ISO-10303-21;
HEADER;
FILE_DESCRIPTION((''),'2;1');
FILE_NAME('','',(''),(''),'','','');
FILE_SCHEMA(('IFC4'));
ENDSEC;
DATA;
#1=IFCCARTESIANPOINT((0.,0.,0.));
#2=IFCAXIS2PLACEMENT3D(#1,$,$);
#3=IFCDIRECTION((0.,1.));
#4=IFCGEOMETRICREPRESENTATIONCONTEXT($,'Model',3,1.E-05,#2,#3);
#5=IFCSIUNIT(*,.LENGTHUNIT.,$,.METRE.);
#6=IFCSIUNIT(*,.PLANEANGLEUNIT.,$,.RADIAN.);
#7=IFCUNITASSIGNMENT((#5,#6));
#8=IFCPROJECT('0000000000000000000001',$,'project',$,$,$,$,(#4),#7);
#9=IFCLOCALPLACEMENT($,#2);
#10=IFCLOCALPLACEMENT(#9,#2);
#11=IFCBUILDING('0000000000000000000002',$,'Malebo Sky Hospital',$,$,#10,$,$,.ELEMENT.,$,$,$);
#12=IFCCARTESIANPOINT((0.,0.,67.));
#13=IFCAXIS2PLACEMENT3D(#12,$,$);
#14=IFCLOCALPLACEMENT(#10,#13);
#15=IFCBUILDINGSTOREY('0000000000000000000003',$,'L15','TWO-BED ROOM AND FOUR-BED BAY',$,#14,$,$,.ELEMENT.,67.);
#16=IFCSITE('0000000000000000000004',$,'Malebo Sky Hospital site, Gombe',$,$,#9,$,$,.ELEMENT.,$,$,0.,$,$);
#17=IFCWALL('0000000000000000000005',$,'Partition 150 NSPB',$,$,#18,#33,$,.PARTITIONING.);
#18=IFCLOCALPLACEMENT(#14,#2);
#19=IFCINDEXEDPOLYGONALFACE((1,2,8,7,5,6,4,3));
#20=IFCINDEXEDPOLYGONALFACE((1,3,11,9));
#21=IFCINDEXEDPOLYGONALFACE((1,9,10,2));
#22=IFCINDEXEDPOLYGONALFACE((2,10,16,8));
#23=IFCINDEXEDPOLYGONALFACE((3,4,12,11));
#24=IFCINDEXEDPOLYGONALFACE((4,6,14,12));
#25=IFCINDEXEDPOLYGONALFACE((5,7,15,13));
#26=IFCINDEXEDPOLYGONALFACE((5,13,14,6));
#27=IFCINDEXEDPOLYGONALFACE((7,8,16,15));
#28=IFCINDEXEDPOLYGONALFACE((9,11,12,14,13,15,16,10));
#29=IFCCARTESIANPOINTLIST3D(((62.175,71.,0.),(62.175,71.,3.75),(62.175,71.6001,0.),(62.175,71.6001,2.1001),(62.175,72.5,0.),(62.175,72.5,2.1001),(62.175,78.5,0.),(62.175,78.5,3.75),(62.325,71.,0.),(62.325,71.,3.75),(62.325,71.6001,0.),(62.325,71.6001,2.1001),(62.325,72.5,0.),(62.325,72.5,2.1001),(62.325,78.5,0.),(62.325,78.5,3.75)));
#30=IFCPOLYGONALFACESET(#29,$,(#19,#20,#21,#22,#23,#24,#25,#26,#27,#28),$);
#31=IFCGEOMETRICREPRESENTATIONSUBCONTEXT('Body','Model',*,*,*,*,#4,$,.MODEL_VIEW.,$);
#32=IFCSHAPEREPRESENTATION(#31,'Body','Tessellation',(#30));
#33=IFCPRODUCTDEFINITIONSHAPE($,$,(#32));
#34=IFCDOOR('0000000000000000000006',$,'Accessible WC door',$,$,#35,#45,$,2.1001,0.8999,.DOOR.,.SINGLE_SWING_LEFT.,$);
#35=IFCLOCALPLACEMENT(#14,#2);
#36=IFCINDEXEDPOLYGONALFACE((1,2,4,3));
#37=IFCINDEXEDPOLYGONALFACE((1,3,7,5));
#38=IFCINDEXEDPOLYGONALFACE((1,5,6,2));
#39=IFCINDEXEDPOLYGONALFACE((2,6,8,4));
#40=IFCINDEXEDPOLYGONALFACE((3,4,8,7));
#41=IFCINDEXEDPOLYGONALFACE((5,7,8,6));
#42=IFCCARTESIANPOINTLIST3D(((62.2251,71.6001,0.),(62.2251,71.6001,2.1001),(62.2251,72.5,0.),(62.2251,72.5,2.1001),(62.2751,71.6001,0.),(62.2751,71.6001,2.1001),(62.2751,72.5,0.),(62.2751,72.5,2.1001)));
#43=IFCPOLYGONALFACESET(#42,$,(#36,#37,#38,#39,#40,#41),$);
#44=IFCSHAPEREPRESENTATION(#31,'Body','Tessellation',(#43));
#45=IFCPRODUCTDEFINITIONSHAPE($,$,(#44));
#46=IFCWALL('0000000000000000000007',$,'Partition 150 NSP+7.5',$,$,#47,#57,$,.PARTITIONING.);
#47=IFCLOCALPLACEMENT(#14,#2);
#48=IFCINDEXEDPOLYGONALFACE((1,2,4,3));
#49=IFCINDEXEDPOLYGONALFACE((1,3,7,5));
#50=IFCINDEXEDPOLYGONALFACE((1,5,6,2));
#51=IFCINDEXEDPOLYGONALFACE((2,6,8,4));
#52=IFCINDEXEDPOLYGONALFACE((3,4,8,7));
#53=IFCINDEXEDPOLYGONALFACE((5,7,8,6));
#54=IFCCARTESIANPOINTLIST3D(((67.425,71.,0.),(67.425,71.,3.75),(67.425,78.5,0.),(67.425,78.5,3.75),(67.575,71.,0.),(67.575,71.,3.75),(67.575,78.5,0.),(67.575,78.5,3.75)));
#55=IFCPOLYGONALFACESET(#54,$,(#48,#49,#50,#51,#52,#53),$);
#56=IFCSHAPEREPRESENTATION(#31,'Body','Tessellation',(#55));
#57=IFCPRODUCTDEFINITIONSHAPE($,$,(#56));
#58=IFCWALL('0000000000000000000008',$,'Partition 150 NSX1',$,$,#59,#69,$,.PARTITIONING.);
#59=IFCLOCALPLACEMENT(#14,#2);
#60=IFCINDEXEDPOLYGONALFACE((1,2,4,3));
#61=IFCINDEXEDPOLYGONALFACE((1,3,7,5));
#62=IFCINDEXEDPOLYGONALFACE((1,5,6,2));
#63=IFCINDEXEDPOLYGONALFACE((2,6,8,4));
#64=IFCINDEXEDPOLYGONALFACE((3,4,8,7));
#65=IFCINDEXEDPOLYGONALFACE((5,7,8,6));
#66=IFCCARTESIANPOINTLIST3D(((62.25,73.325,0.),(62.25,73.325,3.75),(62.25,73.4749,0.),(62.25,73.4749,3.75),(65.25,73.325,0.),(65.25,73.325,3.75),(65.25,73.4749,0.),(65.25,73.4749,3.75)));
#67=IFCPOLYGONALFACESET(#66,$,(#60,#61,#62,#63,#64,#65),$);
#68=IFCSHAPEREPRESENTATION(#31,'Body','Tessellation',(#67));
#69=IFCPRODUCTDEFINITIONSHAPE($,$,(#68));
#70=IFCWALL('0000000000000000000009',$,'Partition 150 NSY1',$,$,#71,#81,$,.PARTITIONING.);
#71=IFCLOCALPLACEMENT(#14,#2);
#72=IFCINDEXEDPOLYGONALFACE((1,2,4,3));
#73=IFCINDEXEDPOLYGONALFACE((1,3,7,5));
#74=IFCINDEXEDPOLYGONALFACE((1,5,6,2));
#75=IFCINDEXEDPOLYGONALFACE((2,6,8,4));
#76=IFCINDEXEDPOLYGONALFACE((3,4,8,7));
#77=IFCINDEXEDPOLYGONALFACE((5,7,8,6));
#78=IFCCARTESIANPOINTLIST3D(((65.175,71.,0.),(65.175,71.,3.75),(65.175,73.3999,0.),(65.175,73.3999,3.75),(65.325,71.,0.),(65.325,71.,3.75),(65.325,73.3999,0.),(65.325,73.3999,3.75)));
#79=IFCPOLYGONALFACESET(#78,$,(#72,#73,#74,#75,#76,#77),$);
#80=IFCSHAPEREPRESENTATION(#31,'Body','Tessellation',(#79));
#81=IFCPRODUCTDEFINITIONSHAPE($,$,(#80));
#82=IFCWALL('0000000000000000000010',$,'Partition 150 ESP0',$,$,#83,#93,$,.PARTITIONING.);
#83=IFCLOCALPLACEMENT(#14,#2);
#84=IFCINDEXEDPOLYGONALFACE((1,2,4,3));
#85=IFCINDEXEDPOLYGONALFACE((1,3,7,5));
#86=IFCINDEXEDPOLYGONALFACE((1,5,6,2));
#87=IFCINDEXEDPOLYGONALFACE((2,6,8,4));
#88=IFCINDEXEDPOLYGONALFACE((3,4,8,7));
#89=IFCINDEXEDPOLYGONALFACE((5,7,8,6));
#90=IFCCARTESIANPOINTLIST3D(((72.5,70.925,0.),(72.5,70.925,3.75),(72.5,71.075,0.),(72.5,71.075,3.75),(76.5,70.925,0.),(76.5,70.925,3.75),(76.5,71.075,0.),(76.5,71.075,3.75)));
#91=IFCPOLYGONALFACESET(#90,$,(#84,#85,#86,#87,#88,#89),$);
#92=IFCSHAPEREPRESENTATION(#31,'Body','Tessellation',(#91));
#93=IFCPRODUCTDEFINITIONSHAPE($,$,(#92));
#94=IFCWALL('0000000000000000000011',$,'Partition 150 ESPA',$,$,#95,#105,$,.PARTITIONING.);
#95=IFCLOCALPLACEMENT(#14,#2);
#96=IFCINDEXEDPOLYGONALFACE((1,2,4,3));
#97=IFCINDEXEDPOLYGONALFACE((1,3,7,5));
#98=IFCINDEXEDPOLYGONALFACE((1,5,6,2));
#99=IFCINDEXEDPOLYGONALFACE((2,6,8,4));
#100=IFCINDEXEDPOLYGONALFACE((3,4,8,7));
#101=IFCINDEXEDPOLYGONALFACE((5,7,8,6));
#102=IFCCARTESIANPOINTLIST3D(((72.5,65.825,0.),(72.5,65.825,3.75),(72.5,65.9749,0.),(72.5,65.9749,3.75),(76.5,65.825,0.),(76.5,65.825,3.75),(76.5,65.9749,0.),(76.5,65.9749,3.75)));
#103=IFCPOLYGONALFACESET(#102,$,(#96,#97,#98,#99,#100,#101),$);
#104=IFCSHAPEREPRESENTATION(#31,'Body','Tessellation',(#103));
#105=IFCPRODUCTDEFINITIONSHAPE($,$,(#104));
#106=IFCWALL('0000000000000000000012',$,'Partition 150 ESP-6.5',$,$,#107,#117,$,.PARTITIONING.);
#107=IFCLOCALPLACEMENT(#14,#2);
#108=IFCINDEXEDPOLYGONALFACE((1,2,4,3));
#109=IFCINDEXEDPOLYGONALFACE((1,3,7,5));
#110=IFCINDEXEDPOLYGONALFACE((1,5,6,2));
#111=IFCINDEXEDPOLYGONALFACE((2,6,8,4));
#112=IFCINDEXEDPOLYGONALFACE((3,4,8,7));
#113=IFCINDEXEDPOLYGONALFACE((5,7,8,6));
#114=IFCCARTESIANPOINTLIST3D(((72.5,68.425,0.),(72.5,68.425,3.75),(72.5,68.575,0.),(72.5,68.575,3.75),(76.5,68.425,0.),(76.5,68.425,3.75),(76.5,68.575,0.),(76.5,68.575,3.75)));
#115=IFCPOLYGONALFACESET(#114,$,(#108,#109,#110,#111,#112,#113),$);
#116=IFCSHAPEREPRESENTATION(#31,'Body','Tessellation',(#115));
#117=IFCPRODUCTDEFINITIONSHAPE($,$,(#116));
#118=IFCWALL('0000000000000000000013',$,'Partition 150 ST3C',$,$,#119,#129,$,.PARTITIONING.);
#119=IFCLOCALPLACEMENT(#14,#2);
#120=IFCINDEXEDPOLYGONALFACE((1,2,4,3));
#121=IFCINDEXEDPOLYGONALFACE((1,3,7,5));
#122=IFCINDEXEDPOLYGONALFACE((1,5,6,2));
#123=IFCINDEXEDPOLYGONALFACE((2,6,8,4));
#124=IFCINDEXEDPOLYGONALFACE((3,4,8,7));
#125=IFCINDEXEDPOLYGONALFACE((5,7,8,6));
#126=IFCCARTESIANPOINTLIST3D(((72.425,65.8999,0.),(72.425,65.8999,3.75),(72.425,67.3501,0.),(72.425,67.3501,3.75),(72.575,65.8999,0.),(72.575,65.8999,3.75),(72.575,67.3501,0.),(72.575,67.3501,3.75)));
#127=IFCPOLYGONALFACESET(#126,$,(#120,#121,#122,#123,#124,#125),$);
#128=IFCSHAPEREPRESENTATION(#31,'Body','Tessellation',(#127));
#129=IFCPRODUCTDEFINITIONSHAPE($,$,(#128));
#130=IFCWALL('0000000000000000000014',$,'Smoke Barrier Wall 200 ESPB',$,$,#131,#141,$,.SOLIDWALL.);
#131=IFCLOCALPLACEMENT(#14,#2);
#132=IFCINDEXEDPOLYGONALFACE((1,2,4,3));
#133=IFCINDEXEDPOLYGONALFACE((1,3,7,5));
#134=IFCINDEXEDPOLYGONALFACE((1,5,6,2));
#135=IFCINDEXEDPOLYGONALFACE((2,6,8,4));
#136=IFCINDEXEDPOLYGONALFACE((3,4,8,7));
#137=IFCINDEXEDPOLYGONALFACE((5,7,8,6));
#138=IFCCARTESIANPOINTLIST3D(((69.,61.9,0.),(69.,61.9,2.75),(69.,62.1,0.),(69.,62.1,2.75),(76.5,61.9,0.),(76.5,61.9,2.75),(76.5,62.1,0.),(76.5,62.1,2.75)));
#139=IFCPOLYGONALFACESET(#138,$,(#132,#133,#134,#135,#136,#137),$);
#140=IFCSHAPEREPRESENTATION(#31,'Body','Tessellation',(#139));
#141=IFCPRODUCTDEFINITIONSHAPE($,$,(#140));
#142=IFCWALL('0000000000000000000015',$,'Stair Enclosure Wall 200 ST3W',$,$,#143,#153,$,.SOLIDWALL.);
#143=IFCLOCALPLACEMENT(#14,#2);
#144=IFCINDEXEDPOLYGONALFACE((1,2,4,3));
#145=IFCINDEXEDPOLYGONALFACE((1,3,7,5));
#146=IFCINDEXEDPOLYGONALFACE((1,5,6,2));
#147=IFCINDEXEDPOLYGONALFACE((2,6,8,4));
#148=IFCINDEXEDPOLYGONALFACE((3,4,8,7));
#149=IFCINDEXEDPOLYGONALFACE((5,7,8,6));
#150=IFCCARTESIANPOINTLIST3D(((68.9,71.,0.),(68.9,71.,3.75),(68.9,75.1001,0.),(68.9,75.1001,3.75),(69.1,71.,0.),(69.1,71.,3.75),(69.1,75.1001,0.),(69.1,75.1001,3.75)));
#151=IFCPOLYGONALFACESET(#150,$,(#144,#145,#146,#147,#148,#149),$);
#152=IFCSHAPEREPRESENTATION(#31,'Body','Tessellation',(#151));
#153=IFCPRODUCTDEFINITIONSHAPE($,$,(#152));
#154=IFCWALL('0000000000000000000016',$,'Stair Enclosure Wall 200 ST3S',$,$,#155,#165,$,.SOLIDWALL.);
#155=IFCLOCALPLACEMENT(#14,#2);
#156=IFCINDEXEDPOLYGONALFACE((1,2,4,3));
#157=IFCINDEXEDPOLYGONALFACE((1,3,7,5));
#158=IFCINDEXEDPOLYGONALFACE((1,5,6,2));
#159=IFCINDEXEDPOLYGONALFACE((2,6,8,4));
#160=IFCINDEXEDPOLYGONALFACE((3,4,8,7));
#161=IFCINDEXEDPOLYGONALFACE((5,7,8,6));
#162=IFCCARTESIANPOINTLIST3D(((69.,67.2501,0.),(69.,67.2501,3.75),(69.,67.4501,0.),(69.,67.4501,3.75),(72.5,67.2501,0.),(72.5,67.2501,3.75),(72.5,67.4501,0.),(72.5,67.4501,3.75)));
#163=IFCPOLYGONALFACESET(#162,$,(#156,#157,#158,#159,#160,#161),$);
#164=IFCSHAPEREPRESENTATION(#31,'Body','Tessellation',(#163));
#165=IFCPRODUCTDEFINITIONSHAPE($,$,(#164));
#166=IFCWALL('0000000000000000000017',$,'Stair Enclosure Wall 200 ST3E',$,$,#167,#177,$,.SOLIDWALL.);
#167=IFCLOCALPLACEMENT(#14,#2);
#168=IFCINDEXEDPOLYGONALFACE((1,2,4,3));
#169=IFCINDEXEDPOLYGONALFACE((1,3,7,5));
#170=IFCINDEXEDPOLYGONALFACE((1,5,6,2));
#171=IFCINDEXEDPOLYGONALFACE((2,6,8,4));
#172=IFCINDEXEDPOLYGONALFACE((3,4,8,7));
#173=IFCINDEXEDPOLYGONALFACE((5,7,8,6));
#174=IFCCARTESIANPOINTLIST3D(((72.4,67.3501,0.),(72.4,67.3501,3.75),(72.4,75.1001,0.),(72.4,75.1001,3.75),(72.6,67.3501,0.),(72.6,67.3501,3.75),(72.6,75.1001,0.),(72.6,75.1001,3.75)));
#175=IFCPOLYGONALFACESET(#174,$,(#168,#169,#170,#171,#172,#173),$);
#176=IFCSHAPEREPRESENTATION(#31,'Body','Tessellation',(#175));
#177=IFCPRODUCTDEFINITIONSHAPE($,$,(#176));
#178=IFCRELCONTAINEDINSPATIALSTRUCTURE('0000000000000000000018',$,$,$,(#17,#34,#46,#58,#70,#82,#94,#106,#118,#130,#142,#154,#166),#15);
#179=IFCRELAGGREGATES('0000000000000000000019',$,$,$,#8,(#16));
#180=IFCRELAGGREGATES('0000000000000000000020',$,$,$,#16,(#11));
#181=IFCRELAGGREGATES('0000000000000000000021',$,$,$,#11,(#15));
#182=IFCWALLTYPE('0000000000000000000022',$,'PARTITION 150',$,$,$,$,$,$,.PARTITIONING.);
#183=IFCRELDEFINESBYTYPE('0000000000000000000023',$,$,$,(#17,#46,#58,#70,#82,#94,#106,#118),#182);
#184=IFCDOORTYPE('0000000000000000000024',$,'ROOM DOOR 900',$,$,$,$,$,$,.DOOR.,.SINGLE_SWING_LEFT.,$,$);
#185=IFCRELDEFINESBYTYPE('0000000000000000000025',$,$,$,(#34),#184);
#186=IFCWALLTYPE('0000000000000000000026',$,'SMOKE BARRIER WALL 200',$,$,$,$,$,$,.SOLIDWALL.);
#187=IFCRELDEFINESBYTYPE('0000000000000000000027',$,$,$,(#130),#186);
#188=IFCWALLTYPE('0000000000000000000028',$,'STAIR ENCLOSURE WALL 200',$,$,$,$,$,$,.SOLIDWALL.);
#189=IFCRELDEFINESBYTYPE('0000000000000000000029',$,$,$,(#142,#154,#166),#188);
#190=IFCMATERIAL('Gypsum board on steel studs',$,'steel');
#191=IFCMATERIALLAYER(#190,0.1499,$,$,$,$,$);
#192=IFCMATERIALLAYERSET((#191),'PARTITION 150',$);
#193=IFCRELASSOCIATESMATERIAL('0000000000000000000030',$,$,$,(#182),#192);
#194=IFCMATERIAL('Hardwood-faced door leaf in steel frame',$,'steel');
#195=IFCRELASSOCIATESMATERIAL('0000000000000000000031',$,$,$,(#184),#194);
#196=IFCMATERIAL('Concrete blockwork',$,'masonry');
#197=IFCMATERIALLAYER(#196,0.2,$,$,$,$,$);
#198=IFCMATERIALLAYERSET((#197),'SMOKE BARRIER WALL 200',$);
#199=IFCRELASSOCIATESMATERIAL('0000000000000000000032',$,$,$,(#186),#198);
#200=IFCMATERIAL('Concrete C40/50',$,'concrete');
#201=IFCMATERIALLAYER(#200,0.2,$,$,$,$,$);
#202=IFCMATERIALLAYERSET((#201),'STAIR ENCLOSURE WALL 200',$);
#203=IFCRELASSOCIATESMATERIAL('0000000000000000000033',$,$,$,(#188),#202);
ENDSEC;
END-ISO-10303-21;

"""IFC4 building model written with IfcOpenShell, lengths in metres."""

from ifc_helpers import new_model, si_unit, direction, frame, frame_2d, origin, place, context, subcontext, project, spatial, rectangle, extrude, material, layer, layer_set, type_object, element, fill, save


model = new_model("IFC4")

# Units and contexts
model_context = context("Model", 3, precision=1e-05, world=origin(), true_north=direction((0.0, 1.0)))
body_context = subcontext(model_context, "Body", "Model", "MODEL_VIEW")
ifc_project = project(units=[si_unit("LENGTHUNIT", "METRE"), si_unit("PLANEANGLEUNIT", "RADIAN")], contexts=[model_context])

# Site, building, storey
site_placement = place(None, origin())
site = spatial("IfcSite", under=ifc_project, at=site_placement, Name="Malebo Sky Hospital site, Gombe", CompositionType="ELEMENT", RefElevation=0.0)
building_placement = place(site_placement, origin())
building = spatial("IfcBuilding", under=site, at=building_placement, Name="Malebo Sky Hospital", CompositionType="ELEMENT")
storey_placement = place(building_placement, frame((0.0, 0.0, 67.0)))
storey = spatial("IfcBuildingStorey", under=building, at=storey_placement, Name="L15", Description="TWO-BED ROOM AND FOUR-BED BAY", CompositionType="ELEMENT", Elevation=67.0)

# Shared definitions
ifc_material_1 = material(Name="Gypsum board on steel studs", Category="steel")

# Wall, opening, door
ifc_layer_1 = layer(ifc_material_1, 0.1499)
ifc_layer_set_1 = layer_set([ifc_layer_1], Name="PARTITION 150")
wall_type_1 = type_object("IfcWallType", Name="PARTITION 150", PredefinedType="PARTITIONING", material=ifc_layer_set_1)
wall_1_placement = place(storey_placement, frame((62.25, 71.0, 0.0), z_axis=(0.0, 0.0, 1.0), x_axis=(0.0, 1.0, 0.0)))
wall_1 = element("IfcWall", 1, at=wall_1_placement, inside=storey, type_object=wall_type_1, Name="Partition 150 NSPB", PredefinedType="PARTITIONING", context=body_context, shape_type="SweptSolid", body=[
    extrude(rectangle(XDim=7.5, YDim=0.1499, at=frame_2d((3.75, 0.0))), origin(), (0.0, 0.0, 1.0), 3.75),
])
opening_1_placement = place(wall_1_placement, frame((0.6001, 0.0, 0.0)))
opening_1 = element("IfcOpeningElement", 2, at=opening_1_placement, cuts=wall_1, PredefinedType="OPENING", context=body_context, shape_type="SweptSolid", body=[
    extrude(rectangle(XDim=0.8999, YDim=2.1001, at=frame_2d((0.45, 1.05))), frame((0.0, 0.085, 0.0), z_axis=(0.0, -1.0, 0.0), x_axis=(1.0, 0.0, 0.0)), (0.0, 0.0, 1.0), 0.1699),
])
ifc_material_2 = material(Name="Hardwood-faced door leaf in steel frame", Category="steel")
door_type_1 = type_object("IfcDoorType", Name="ROOM DOOR 900", OperationType="SINGLE_SWING_LEFT", PredefinedType="DOOR", material=ifc_material_2)
door_1_placement = place(opening_1_placement, origin())
door_1 = element("IfcDoor", 3, at=door_1_placement, inside=storey, type_object=door_type_1, Name="Accessible WC door", OperationType="SINGLE_SWING_LEFT", OverallHeight=2.1001, OverallWidth=0.8999, PredefinedType="DOOR", context=body_context, shape_type="SweptSolid", body=[
    extrude(rectangle(XDim=0.8999, YDim=2.1001, at=frame_2d((0.45, 1.05))), frame((0.0, 0.0249, 0.0), z_axis=(0.0, -1.0, 0.0), x_axis=(1.0, 0.0, 0.0)), (0.0, 0.0, 1.0), 0.05),
])
fill(opening_1, door_1)

# Walls
wall_2_placement = place(storey_placement, frame((67.5, 71.0, 0.0), z_axis=(0.0, 0.0, 1.0), x_axis=(0.0, 1.0, 0.0)))
element("IfcWall", 4, at=wall_2_placement, inside=storey, type_object=wall_type_1, Name="Partition 150 NSP+7.5", PredefinedType="PARTITIONING", context=body_context, shape_type="SweptSolid", body=[
    extrude(rectangle(XDim=7.5, YDim=0.1499, at=frame_2d((3.75, 0.0))), origin(), (0.0, 0.0, 1.0), 3.75),
])
wall_3_placement = place(storey_placement, frame((62.25, 73.3999, 0.0), z_axis=(0.0, 0.0, 1.0), x_axis=(1.0, 0.0, 0.0)))
element("IfcWall", 5, at=wall_3_placement, inside=storey, type_object=wall_type_1, Name="Partition 150 NSX1", PredefinedType="PARTITIONING", context=body_context, shape_type="SweptSolid", body=[
    extrude(rectangle(XDim=3.0, YDim=0.1499, at=frame_2d((1.5, 0.0))), origin(), (0.0, 0.0, 1.0), 3.75),
])
wall_4_placement = place(storey_placement, frame((65.25, 71.0, 0.0), z_axis=(0.0, 0.0, 1.0), x_axis=(0.0, 1.0, 0.0)))
element("IfcWall", 6, at=wall_4_placement, inside=storey, type_object=wall_type_1, Name="Partition 150 NSY1", PredefinedType="PARTITIONING", context=body_context, shape_type="SweptSolid", body=[
    extrude(rectangle(XDim=2.3999, YDim=0.1499, at=frame_2d((1.2, 0.0))), origin(), (0.0, 0.0, 1.0), 3.75),
])
for number, where, z_axis, x_axis, name in (
    (7, (72.5, 71.0, 0.0), (0.0, 0.0, 1.0), (1.0, 0.0, 0.0), "Partition 150 ESP0"),
    (8, (72.5, 65.8999, 0.0), (0.0, 0.0, 1.0), (1.0, 0.0, 0.0), "Partition 150 ESPA"),
    (9, (72.5, 68.5, 0.0), (0.0, 0.0, 1.0), (1.0, 0.0, 0.0), "Partition 150 ESP-6.5"),
):
    element("IfcWall", number, at=place(storey_placement, frame(where, z_axis=z_axis, x_axis=x_axis)), inside=storey, type_object=wall_type_1, Name=name, PredefinedType="PARTITIONING", context=body_context, shape_type="SweptSolid", body=[
        extrude(rectangle(XDim=4.0, YDim=0.1499, at=frame_2d((2.0, 0.0))), origin(), (0.0, 0.0, 1.0), 3.75),
    ])
wall_5_placement = place(storey_placement, frame((72.5, 65.8999, 0.0), z_axis=(0.0, 0.0, 1.0), x_axis=(0.0, 1.0, 0.0)))
element("IfcWall", 10, at=wall_5_placement, inside=storey, type_object=wall_type_1, Name="Partition 150 ST3C", PredefinedType="PARTITIONING", context=body_context, shape_type="SweptSolid", body=[
    extrude(rectangle(XDim=1.4502, YDim=0.1499, at=frame_2d((0.7251, 0.0))), origin(), (0.0, 0.0, 1.0), 3.75),
])
ifc_material_3 = material(Name="Concrete blockwork", Category="masonry")
ifc_layer_2 = layer(ifc_material_3, 0.2)
ifc_layer_set_2 = layer_set([ifc_layer_2], Name="SMOKE BARRIER WALL 200")
wall_type_2 = type_object("IfcWallType", Name="SMOKE BARRIER WALL 200", PredefinedType="SOLIDWALL", material=ifc_layer_set_2)
wall_6_placement = place(storey_placement, frame((69.0, 62.0, 0.0), z_axis=(0.0, 0.0, 1.0), x_axis=(1.0, 0.0, 0.0)))
element("IfcWall", 11, at=wall_6_placement, inside=storey, type_object=wall_type_2, Name="Smoke Barrier Wall 200 ESPB", PredefinedType="SOLIDWALL", context=body_context, shape_type="SweptSolid", body=[
    extrude(rectangle(XDim=7.5, YDim=0.2, at=frame_2d((3.75, 0.0))), origin(), (0.0, 0.0, 1.0), 2.75),
])
ifc_material_4 = material(Name="Concrete C40/50", Category="concrete")
ifc_layer_3 = layer(ifc_material_4, 0.2)
ifc_layer_set_3 = layer_set([ifc_layer_3], Name="STAIR ENCLOSURE WALL 200")
wall_type_3 = type_object("IfcWallType", Name="STAIR ENCLOSURE WALL 200", PredefinedType="SOLIDWALL", material=ifc_layer_set_3)
wall_7_placement = place(storey_placement, frame((69.0, 71.0, 0.0), z_axis=(0.0, 0.0, 1.0), x_axis=(0.0, 1.0, 0.0)))
element("IfcWall", 12, at=wall_7_placement, inside=storey, type_object=wall_type_3, Name="Stair Enclosure Wall 200 ST3W", PredefinedType="SOLIDWALL", context=body_context, shape_type="SweptSolid", body=[
    extrude(rectangle(XDim=4.1001, YDim=0.2, at=frame_2d((2.05, 0.0))), origin(), (0.0, 0.0, 1.0), 3.75),
])
wall_8_placement = place(storey_placement, frame((69.0, 67.3501, 0.0), z_axis=(0.0, 0.0, 1.0), x_axis=(1.0, 0.0, 0.0)))
element("IfcWall", 13, at=wall_8_placement, inside=storey, type_object=wall_type_3, Name="Stair Enclosure Wall 200 ST3S", PredefinedType="SOLIDWALL", context=body_context, shape_type="SweptSolid", body=[
    extrude(rectangle(XDim=3.5, YDim=0.2, at=frame_2d((1.75, 0.0))), origin(), (0.0, 0.0, 1.0), 3.75),
])
wall_9_placement = place(storey_placement, frame((72.5, 67.3501, 0.0), z_axis=(0.0, 0.0, 1.0), x_axis=(0.0, 1.0, 0.0)))
element("IfcWall", 14, at=wall_9_placement, inside=storey, type_object=wall_type_3, Name="Stair Enclosure Wall 200 ST3E", PredefinedType="SOLIDWALL", context=body_context, shape_type="SweptSolid", body=[
    extrude(rectangle(XDim=7.75, YDim=0.2, at=frame_2d((3.875, 0.0))), origin(), (0.0, 0.0, 1.0), 3.75),
])

save(model, "model.ifc")
